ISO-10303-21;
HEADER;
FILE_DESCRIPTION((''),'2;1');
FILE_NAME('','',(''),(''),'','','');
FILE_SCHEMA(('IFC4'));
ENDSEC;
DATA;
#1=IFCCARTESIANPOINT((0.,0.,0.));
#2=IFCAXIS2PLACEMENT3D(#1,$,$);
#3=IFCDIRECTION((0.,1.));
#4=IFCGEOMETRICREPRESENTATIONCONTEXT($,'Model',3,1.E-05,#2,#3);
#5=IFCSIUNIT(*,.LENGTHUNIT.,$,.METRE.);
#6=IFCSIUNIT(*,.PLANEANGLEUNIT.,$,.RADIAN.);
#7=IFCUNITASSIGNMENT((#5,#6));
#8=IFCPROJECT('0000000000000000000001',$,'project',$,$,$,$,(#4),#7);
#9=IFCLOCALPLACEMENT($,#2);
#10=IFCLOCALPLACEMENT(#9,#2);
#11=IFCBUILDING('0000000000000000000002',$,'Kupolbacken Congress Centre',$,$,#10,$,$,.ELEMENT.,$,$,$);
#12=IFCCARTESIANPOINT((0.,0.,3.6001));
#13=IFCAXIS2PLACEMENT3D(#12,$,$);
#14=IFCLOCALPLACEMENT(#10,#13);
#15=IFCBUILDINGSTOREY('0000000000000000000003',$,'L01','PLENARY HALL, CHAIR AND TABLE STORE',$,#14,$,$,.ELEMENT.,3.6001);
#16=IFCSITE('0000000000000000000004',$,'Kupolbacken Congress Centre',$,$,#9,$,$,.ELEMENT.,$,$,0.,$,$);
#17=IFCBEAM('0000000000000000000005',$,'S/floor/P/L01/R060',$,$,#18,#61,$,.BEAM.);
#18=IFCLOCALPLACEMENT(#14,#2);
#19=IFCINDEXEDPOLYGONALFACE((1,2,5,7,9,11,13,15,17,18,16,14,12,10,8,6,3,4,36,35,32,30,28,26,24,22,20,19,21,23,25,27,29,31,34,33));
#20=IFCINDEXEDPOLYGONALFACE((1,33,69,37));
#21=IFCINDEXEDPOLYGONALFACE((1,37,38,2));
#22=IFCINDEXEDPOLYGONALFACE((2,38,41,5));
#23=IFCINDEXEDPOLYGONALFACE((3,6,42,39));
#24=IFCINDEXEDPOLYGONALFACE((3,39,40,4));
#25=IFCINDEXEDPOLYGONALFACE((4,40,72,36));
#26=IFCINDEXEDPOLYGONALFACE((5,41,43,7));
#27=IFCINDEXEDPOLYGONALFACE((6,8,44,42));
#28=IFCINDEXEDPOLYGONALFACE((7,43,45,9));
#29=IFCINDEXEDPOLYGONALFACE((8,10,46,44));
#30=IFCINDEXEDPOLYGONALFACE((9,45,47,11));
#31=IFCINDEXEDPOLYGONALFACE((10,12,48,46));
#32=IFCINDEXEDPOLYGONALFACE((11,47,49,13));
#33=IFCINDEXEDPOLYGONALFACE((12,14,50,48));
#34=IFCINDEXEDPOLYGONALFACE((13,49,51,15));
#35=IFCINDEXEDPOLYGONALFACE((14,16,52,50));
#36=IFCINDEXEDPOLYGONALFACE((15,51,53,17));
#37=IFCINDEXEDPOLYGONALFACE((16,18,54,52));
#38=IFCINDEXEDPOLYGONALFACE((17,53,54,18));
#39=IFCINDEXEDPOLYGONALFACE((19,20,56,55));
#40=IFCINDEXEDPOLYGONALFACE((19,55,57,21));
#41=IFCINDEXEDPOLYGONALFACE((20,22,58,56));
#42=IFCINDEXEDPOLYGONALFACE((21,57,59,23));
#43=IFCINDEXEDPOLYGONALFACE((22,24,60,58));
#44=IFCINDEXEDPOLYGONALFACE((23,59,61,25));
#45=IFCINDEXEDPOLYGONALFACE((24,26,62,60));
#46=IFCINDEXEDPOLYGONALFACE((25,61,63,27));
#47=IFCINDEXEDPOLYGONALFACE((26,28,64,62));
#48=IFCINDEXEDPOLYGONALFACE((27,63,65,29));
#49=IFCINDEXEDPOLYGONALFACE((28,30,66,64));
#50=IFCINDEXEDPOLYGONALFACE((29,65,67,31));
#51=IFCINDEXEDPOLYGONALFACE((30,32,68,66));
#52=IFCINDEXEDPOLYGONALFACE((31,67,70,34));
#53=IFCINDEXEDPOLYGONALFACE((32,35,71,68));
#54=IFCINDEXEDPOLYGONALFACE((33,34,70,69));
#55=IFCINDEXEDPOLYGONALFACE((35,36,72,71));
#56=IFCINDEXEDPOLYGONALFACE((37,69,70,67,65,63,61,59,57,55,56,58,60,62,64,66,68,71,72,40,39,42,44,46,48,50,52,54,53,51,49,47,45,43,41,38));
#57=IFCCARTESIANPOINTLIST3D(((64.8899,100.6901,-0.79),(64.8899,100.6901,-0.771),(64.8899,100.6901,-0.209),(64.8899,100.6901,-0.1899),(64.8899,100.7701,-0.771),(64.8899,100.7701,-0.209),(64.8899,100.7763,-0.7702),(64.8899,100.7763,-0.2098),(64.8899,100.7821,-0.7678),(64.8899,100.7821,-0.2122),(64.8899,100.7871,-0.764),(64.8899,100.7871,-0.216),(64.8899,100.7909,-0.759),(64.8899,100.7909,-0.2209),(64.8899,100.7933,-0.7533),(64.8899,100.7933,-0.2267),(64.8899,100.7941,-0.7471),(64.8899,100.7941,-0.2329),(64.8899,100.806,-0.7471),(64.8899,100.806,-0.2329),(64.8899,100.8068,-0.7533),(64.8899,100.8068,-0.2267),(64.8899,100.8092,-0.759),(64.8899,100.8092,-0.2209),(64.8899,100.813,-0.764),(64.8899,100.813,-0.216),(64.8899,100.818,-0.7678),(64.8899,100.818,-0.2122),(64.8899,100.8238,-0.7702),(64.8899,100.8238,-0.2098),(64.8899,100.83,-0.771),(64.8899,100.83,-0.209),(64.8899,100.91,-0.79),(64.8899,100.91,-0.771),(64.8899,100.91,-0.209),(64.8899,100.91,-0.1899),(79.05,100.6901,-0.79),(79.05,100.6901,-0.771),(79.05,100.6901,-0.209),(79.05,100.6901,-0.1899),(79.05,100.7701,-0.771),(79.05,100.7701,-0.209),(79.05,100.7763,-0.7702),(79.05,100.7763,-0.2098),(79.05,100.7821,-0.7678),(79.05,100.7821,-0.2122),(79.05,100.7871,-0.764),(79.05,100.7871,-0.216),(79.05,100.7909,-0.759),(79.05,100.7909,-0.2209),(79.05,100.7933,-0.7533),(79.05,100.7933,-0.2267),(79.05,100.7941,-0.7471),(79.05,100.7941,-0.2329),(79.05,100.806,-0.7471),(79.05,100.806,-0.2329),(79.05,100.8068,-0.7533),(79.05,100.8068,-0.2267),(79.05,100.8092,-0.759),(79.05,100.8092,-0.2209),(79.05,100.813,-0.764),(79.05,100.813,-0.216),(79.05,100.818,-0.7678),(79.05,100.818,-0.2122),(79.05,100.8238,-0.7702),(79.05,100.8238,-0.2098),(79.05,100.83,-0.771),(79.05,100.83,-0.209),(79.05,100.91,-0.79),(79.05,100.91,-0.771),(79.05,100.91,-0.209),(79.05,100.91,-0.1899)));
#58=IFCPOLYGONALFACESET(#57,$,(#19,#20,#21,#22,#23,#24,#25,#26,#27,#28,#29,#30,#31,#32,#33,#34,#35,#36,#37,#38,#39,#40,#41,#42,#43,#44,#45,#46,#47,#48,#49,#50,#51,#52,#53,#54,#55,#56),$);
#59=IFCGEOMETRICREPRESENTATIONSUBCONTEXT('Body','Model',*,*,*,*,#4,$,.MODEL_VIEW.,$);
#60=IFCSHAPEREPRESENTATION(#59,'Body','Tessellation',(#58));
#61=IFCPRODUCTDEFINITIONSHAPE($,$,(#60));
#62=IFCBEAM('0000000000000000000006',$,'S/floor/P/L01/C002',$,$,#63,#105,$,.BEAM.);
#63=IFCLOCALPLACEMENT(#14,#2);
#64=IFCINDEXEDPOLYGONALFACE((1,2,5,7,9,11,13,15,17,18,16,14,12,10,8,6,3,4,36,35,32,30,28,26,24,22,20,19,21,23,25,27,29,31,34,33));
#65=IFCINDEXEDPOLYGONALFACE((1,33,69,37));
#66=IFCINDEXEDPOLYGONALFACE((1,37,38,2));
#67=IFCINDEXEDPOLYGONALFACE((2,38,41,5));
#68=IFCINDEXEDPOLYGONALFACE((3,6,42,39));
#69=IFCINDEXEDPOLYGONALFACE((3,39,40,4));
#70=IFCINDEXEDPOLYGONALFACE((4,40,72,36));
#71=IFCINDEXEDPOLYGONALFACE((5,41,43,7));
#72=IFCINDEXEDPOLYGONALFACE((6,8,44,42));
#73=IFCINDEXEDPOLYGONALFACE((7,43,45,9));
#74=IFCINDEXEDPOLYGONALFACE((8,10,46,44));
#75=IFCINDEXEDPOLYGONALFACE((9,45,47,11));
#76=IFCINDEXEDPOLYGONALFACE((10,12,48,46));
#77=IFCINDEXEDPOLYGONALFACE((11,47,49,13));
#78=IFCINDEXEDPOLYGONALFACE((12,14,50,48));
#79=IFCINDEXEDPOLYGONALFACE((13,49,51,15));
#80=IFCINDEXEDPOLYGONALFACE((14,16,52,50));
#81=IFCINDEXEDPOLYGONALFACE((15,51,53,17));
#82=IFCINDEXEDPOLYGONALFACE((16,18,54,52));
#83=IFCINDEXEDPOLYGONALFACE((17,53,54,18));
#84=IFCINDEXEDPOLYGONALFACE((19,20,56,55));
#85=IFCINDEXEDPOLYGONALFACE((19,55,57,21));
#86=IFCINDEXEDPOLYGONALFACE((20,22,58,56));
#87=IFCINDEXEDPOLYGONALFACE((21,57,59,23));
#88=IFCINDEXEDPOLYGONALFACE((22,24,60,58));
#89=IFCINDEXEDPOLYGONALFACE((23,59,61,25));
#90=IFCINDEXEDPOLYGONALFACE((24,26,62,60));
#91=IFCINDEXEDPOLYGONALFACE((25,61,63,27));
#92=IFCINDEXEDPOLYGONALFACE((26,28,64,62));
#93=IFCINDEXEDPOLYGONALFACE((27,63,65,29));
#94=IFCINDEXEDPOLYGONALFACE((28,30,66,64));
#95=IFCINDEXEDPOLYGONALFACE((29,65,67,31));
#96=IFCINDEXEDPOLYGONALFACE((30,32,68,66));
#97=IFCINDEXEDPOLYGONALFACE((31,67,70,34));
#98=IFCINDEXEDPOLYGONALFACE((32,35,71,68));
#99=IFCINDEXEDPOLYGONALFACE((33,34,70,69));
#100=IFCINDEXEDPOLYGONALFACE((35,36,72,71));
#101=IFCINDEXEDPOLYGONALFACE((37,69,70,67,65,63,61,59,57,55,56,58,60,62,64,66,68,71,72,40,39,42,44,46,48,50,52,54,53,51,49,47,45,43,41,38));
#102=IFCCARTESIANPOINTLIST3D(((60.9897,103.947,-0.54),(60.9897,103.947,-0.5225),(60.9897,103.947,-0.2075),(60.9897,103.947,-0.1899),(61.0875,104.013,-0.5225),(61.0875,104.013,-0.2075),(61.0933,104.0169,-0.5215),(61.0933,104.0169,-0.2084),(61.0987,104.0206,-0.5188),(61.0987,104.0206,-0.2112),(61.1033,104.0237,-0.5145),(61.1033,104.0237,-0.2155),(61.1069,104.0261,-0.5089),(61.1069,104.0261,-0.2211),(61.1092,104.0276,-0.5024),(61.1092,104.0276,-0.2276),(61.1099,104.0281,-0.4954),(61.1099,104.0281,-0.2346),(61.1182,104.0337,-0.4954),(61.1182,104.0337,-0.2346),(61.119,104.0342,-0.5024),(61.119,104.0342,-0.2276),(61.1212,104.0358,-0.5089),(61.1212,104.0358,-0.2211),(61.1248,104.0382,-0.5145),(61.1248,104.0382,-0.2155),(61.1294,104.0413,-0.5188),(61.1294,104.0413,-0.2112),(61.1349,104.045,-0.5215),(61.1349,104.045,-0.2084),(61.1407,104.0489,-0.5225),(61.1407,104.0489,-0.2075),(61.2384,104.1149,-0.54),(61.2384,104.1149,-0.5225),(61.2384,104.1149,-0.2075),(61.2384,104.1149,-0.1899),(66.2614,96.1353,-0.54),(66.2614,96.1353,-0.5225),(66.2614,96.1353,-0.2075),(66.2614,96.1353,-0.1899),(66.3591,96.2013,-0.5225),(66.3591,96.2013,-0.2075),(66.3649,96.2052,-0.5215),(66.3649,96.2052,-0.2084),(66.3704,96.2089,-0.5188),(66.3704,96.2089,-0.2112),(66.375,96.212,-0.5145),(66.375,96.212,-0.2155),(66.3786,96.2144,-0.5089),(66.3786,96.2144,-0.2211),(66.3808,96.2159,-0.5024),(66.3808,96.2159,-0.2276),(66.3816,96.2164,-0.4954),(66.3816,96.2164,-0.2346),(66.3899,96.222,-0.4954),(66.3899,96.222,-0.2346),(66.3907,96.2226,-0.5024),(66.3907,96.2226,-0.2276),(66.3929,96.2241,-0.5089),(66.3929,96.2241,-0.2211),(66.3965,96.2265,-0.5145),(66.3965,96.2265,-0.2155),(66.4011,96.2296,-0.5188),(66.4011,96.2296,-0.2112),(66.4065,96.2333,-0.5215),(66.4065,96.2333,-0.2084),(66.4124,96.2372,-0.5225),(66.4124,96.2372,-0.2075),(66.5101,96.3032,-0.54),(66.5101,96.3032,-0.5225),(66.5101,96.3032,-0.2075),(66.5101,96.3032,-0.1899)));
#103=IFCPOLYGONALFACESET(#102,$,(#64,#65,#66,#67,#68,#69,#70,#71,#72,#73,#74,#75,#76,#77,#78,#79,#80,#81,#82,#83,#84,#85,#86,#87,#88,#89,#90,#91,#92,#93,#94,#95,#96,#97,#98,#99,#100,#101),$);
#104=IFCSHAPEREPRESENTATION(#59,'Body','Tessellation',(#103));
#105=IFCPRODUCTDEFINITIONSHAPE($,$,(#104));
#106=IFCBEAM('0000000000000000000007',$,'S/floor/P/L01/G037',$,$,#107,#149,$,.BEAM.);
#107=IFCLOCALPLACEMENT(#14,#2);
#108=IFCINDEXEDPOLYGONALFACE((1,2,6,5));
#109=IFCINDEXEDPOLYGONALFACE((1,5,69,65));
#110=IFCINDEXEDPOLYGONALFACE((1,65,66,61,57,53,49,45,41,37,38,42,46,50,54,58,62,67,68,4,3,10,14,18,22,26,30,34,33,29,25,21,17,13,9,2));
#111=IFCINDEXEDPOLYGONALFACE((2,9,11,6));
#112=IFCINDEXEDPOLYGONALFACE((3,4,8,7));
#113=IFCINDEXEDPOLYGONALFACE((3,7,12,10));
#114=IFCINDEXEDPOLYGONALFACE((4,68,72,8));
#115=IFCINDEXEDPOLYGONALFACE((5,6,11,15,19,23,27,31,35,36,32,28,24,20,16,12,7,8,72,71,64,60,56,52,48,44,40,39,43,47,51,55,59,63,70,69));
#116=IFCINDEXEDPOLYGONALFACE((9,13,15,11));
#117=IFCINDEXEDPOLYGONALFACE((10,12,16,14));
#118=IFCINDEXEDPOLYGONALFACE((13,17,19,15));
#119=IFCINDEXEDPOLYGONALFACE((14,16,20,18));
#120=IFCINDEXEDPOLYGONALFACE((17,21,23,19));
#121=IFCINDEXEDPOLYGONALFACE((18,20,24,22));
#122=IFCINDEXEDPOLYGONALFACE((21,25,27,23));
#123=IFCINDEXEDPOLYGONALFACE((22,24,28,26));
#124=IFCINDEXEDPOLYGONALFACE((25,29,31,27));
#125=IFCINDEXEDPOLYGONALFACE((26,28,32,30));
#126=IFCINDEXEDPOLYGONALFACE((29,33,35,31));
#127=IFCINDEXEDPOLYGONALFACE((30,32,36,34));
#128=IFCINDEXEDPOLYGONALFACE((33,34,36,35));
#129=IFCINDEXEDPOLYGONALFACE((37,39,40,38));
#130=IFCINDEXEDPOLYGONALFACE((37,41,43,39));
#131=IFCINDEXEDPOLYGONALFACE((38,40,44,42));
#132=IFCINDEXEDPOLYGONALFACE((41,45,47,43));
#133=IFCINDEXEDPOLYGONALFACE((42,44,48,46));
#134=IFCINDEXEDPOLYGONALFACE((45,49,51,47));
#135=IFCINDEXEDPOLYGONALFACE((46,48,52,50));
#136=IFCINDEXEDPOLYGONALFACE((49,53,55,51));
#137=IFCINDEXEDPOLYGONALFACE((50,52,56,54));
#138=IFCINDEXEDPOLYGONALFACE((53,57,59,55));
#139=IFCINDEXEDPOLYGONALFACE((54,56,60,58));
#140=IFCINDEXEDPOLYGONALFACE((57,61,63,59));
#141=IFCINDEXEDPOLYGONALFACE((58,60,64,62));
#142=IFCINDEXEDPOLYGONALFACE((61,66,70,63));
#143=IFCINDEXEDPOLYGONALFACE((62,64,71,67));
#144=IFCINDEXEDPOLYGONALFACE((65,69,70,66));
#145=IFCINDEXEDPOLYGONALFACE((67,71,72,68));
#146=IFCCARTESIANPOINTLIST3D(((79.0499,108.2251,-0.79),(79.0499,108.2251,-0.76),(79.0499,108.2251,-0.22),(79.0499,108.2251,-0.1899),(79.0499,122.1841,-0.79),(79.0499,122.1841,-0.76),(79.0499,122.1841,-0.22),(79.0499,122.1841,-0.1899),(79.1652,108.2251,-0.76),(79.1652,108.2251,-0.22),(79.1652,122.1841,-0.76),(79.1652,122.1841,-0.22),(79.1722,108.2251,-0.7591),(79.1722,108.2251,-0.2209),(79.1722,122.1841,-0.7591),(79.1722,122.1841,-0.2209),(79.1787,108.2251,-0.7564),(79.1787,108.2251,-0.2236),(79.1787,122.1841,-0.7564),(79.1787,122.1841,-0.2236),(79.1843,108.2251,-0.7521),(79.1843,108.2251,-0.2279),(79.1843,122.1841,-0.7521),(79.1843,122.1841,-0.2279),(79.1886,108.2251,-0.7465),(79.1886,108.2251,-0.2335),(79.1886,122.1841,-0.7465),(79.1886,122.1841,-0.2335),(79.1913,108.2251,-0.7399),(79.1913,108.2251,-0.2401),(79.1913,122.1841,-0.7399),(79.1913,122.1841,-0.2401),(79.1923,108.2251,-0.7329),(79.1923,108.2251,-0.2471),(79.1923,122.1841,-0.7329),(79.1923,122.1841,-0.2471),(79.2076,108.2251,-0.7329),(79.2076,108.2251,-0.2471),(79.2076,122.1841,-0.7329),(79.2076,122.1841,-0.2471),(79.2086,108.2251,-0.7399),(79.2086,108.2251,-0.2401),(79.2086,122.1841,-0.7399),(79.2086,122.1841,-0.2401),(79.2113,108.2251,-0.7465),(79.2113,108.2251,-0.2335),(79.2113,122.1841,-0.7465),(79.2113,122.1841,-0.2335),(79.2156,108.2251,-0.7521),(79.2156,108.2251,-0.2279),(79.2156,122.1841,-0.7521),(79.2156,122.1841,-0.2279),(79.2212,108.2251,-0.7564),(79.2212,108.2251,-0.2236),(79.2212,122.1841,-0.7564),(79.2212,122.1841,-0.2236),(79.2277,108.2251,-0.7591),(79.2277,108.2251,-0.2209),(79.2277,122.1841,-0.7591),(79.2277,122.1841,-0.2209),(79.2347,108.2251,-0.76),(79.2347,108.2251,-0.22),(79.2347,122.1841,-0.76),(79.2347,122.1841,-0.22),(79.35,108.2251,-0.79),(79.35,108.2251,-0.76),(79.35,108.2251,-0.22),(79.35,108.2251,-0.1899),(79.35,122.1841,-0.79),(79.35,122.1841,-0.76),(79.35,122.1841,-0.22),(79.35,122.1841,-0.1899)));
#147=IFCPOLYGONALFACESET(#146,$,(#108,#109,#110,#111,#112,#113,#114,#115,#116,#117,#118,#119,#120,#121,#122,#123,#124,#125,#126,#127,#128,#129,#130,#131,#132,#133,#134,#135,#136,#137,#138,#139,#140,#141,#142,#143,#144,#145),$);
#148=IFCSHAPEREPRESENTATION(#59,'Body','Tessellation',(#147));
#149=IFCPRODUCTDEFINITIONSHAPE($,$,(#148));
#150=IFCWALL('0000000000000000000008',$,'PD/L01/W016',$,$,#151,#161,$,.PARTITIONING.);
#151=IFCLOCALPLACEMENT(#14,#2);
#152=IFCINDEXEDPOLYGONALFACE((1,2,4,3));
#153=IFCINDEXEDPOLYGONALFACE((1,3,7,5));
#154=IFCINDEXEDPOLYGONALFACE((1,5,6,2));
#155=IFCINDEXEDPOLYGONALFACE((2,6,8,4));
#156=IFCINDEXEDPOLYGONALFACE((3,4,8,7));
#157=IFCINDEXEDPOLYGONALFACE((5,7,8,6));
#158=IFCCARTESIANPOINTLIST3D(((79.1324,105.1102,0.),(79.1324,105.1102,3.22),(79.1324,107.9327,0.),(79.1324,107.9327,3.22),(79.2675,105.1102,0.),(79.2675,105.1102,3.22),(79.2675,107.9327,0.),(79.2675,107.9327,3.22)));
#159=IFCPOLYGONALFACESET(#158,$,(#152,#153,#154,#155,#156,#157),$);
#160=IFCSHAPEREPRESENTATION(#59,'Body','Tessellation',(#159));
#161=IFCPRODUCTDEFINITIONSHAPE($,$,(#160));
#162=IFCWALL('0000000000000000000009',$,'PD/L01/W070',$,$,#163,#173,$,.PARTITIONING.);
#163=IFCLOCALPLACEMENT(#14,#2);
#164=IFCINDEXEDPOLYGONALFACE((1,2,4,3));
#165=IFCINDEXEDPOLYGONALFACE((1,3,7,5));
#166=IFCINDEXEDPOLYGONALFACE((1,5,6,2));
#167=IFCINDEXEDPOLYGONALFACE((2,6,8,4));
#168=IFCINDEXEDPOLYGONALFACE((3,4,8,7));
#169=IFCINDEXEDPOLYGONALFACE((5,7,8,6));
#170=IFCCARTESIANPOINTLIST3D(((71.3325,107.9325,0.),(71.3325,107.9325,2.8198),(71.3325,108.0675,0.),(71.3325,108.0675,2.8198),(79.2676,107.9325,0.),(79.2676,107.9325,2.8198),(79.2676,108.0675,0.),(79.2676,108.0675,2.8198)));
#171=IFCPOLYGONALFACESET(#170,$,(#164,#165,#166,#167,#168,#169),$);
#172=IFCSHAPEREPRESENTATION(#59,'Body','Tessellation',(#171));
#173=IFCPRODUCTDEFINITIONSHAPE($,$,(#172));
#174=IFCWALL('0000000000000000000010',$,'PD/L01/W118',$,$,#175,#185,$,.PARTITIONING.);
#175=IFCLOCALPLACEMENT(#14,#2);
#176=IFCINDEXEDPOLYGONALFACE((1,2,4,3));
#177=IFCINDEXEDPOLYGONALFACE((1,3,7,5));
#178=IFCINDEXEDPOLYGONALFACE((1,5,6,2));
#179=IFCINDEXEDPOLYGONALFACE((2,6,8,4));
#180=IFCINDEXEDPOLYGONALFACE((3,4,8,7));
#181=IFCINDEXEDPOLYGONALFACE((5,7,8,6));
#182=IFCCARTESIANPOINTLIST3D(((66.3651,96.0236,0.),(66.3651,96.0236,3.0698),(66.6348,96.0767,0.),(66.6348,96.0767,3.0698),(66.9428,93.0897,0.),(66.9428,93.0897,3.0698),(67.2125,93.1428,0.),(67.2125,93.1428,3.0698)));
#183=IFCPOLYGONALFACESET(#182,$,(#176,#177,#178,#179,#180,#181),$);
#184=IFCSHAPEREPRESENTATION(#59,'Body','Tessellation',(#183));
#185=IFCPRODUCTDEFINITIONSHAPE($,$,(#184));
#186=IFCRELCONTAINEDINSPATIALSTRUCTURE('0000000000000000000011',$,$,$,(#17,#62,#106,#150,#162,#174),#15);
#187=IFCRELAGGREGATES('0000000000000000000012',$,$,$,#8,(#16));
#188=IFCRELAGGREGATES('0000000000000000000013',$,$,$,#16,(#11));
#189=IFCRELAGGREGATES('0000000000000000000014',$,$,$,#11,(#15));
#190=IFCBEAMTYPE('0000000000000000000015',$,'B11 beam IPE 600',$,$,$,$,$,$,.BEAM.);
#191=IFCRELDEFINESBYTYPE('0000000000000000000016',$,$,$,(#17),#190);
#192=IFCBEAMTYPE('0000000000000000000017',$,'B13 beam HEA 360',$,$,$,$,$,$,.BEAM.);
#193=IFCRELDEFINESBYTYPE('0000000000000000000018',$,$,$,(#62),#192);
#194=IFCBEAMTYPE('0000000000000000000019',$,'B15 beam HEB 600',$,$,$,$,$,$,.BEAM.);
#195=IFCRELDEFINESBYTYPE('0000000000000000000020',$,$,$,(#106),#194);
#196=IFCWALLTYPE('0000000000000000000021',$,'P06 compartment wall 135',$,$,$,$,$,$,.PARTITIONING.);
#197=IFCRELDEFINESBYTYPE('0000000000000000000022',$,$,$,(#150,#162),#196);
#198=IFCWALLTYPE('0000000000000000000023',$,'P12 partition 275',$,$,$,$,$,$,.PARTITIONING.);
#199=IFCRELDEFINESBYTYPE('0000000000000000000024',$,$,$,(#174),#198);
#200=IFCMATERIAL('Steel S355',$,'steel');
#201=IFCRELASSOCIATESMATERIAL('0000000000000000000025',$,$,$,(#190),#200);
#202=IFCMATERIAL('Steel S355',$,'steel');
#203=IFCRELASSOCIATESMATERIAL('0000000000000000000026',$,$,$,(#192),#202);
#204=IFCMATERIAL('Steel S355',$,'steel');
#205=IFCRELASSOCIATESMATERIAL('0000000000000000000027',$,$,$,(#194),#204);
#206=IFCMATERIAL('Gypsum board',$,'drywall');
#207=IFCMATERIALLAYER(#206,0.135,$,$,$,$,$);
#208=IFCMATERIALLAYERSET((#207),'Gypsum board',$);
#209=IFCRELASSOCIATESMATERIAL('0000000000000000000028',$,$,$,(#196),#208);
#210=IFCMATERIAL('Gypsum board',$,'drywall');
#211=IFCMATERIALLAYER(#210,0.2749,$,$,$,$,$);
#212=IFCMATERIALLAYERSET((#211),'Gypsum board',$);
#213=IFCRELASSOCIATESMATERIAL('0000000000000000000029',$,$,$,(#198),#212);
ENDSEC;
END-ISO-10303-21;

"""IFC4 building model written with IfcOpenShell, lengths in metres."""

from ifc_helpers import new_model, si_unit, direction, frame, frame_2d, origin, origin_2d, place, context, subcontext, project, spatial, rectangle, i_section, extrude, material, layer, layer_set, material_profile, profile_set, type_object, element, save


model = new_model("IFC4")

# Units and contexts
model_context = context("Model", 3, precision=1e-05, world=origin(), true_north=direction((0.0, 1.0)))
body_context = subcontext(model_context, "Body", "Model", "MODEL_VIEW")
ifc_project = project(units=[si_unit("LENGTHUNIT", "METRE"), si_unit("PLANEANGLEUNIT", "RADIAN")], contexts=[model_context])

# Site, building, storey
site_placement = place(None, origin())
site = spatial("IfcSite", under=ifc_project, at=site_placement, Name="Kupolbacken Congress Centre", CompositionType="ELEMENT", RefElevation=0.0)
building_placement = place(site_placement, origin())
building = spatial("IfcBuilding", under=site, at=building_placement, Name="Kupolbacken Congress Centre", CompositionType="ELEMENT")
storey_placement = place(building_placement, frame((0.0, 0.0, 3.6001)))
storey = spatial("IfcBuildingStorey", under=building, at=storey_placement, Name="L01", Description="PLENARY HALL, CHAIR AND TABLE STORE", CompositionType="ELEMENT", Elevation=3.6001)

# Beams
ifc_material_1 = material(Name="Steel S355", Category="steel")
ifc_material_profile_1 = material_profile(ifc_material_1, i_section(OverallWidth=0.22, OverallDepth=0.6001, WebThickness=0.012, FlangeThickness=0.019, FilletRadius=0.0239, at=origin_2d()), Name="IPE 600")
ifc_profile_set_1 = profile_set([ifc_material_profile_1], Name="Steel S355")
beam_type_1 = type_object("IfcBeamType", Name="B11 beam IPE 600", PredefinedType="BEAM", material=ifc_profile_set_1)
beam_1_placement = place(storey_placement, frame((64.8899, 100.8, -0.49), z_axis=(1.0, 0.0, 0.0), x_axis=(0.0, 1.0, 0.0)))
element("IfcBeam", 1, at=beam_1_placement, inside=storey, type_object=beam_type_1, Name="S/floor/P/L01/R060", PredefinedType="BEAM", context=body_context, shape_type="SweptSolid", body=[
    extrude(i_section(OverallWidth=0.22, OverallDepth=0.6001, WebThickness=0.012, FlangeThickness=0.019, FilletRadius=0.0239, at=origin_2d()), origin(), (0.0, 0.0, 1.0), 14.1602),
])
ifc_material_2 = material(Name="Steel S355", Category="steel")
ifc_material_profile_2 = material_profile(ifc_material_2, i_section(OverallWidth=0.3, OverallDepth=0.3501, WebThickness=0.01, FlangeThickness=0.0176, FilletRadius=0.0271, at=origin_2d()), Name="HEA 360")
ifc_profile_set_2 = profile_set([ifc_material_profile_2], Name="Steel S355")
beam_type_2 = type_object("IfcBeamType", Name="B13 beam HEA 360", PredefinedType="BEAM", material=ifc_profile_set_2)
beam_2_placement = place(storey_placement, frame((66.3857, 96.2192, -0.365), z_axis=(-0.559384, 0.828908, 0.0), x_axis=(-0.828908, -0.559384, 0.0)))
element("IfcBeam", 2, at=beam_2_placement, inside=storey, type_object=beam_type_2, Name="S/floor/P/L01/C002", PredefinedType="BEAM", context=body_context, shape_type="SweptSolid", body=[
    extrude(i_section(OverallWidth=0.3, OverallDepth=0.3501, WebThickness=0.01, FlangeThickness=0.0176, FilletRadius=0.0271, at=origin_2d()), origin(), (0.0, 0.0, 1.0), 9.4241),
])
ifc_material_3 = material(Name="Steel S355", Category="steel")
ifc_material_profile_3 = material_profile(ifc_material_3, i_section(OverallWidth=0.3, OverallDepth=0.6001, WebThickness=0.0154, FlangeThickness=0.03, FilletRadius=0.0271, at=origin_2d()), Name="HEB 600")
ifc_profile_set_3 = profile_set([ifc_material_profile_3], Name="Steel S355")
beam_type_3 = type_object("IfcBeamType", Name="B15 beam HEB 600", PredefinedType="BEAM", material=ifc_profile_set_3)
beam_3_placement = place(storey_placement, frame((79.2, 108.2251, -0.49), z_axis=(0.0, 1.0, 0.0), x_axis=(-1.0, 0.0, 0.0)))
element("IfcBeam", 3, at=beam_3_placement, inside=storey, type_object=beam_type_3, Name="S/floor/P/L01/G037", PredefinedType="BEAM", context=body_context, shape_type="SweptSolid", body=[
    extrude(i_section(OverallWidth=0.3, OverallDepth=0.6001, WebThickness=0.0154, FlangeThickness=0.03, FilletRadius=0.0271, at=origin_2d()), origin(), (0.0, 0.0, 1.0), 13.959),
])

# Walls
ifc_material_4 = material(Name="Gypsum board", Category="drywall")
ifc_layer_1 = layer(ifc_material_4, 0.135)
ifc_layer_set_1 = layer_set([ifc_layer_1], Name="Gypsum board")
wall_type_1 = type_object("IfcWallType", Name="P06 compartment wall 135", PredefinedType="PARTITIONING", material=ifc_layer_set_1)
wall_1_placement = place(storey_placement, frame((79.2, 107.9326, 0.0), z_axis=(0.0, 0.0, 1.0), x_axis=(0.0, -1.0, 0.0)))
element("IfcWall", 4, at=wall_1_placement, inside=storey, type_object=wall_type_1, Name="PD/L01/W016", PredefinedType="PARTITIONING", context=body_context, shape_type="SweptSolid", body=[
    extrude(rectangle(XDim=2.8225, YDim=0.135, at=frame_2d((1.4111, 0.0))), origin(), (0.0, 0.0, 1.0), 3.22),
])
wall_2_placement = place(storey_placement, frame((71.3325, 108.0, 0.0), z_axis=(0.0, 0.0, 1.0), x_axis=(1.0, 0.0, 0.0)))
element("IfcWall", 5, at=wall_2_placement, inside=storey, type_object=wall_type_1, Name="PD/L01/W070", PredefinedType="PARTITIONING", context=body_context, shape_type="SweptSolid", body=[
    extrude(rectangle(XDim=7.9351, YDim=0.135, at=frame_2d((3.9675, 0.0))), origin(), (0.0, 0.0, 1.0), 2.8198),
])
ifc_material_5 = material(Name="Gypsum board", Category="drywall")
ifc_layer_2 = layer(ifc_material_5, 0.2749)
ifc_layer_set_2 = layer_set([ifc_layer_2], Name="Gypsum board")
wall_type_2 = type_object("IfcWallType", Name="P12 partition 275", PredefinedType="PARTITIONING", material=ifc_layer_set_2)
wall_3_placement = place(storey_placement, frame((67.0776, 93.1162, 0.0), z_axis=(0.0, 0.0, 1.0), x_axis=(-0.193179, 0.981164, 0.0)))
element("IfcWall", 6, at=wall_3_placement, inside=storey, type_object=wall_type_2, Name="PD/L01/W118", PredefinedType="PARTITIONING", context=body_context, shape_type="SweptSolid", body=[
    extrude(rectangle(XDim=2.9902, YDim=0.2749, at=frame_2d((1.4951, 0.0))), origin(), (0.0, 0.0, 1.0), 3.0698),
])

save(model, "model.ifc")
